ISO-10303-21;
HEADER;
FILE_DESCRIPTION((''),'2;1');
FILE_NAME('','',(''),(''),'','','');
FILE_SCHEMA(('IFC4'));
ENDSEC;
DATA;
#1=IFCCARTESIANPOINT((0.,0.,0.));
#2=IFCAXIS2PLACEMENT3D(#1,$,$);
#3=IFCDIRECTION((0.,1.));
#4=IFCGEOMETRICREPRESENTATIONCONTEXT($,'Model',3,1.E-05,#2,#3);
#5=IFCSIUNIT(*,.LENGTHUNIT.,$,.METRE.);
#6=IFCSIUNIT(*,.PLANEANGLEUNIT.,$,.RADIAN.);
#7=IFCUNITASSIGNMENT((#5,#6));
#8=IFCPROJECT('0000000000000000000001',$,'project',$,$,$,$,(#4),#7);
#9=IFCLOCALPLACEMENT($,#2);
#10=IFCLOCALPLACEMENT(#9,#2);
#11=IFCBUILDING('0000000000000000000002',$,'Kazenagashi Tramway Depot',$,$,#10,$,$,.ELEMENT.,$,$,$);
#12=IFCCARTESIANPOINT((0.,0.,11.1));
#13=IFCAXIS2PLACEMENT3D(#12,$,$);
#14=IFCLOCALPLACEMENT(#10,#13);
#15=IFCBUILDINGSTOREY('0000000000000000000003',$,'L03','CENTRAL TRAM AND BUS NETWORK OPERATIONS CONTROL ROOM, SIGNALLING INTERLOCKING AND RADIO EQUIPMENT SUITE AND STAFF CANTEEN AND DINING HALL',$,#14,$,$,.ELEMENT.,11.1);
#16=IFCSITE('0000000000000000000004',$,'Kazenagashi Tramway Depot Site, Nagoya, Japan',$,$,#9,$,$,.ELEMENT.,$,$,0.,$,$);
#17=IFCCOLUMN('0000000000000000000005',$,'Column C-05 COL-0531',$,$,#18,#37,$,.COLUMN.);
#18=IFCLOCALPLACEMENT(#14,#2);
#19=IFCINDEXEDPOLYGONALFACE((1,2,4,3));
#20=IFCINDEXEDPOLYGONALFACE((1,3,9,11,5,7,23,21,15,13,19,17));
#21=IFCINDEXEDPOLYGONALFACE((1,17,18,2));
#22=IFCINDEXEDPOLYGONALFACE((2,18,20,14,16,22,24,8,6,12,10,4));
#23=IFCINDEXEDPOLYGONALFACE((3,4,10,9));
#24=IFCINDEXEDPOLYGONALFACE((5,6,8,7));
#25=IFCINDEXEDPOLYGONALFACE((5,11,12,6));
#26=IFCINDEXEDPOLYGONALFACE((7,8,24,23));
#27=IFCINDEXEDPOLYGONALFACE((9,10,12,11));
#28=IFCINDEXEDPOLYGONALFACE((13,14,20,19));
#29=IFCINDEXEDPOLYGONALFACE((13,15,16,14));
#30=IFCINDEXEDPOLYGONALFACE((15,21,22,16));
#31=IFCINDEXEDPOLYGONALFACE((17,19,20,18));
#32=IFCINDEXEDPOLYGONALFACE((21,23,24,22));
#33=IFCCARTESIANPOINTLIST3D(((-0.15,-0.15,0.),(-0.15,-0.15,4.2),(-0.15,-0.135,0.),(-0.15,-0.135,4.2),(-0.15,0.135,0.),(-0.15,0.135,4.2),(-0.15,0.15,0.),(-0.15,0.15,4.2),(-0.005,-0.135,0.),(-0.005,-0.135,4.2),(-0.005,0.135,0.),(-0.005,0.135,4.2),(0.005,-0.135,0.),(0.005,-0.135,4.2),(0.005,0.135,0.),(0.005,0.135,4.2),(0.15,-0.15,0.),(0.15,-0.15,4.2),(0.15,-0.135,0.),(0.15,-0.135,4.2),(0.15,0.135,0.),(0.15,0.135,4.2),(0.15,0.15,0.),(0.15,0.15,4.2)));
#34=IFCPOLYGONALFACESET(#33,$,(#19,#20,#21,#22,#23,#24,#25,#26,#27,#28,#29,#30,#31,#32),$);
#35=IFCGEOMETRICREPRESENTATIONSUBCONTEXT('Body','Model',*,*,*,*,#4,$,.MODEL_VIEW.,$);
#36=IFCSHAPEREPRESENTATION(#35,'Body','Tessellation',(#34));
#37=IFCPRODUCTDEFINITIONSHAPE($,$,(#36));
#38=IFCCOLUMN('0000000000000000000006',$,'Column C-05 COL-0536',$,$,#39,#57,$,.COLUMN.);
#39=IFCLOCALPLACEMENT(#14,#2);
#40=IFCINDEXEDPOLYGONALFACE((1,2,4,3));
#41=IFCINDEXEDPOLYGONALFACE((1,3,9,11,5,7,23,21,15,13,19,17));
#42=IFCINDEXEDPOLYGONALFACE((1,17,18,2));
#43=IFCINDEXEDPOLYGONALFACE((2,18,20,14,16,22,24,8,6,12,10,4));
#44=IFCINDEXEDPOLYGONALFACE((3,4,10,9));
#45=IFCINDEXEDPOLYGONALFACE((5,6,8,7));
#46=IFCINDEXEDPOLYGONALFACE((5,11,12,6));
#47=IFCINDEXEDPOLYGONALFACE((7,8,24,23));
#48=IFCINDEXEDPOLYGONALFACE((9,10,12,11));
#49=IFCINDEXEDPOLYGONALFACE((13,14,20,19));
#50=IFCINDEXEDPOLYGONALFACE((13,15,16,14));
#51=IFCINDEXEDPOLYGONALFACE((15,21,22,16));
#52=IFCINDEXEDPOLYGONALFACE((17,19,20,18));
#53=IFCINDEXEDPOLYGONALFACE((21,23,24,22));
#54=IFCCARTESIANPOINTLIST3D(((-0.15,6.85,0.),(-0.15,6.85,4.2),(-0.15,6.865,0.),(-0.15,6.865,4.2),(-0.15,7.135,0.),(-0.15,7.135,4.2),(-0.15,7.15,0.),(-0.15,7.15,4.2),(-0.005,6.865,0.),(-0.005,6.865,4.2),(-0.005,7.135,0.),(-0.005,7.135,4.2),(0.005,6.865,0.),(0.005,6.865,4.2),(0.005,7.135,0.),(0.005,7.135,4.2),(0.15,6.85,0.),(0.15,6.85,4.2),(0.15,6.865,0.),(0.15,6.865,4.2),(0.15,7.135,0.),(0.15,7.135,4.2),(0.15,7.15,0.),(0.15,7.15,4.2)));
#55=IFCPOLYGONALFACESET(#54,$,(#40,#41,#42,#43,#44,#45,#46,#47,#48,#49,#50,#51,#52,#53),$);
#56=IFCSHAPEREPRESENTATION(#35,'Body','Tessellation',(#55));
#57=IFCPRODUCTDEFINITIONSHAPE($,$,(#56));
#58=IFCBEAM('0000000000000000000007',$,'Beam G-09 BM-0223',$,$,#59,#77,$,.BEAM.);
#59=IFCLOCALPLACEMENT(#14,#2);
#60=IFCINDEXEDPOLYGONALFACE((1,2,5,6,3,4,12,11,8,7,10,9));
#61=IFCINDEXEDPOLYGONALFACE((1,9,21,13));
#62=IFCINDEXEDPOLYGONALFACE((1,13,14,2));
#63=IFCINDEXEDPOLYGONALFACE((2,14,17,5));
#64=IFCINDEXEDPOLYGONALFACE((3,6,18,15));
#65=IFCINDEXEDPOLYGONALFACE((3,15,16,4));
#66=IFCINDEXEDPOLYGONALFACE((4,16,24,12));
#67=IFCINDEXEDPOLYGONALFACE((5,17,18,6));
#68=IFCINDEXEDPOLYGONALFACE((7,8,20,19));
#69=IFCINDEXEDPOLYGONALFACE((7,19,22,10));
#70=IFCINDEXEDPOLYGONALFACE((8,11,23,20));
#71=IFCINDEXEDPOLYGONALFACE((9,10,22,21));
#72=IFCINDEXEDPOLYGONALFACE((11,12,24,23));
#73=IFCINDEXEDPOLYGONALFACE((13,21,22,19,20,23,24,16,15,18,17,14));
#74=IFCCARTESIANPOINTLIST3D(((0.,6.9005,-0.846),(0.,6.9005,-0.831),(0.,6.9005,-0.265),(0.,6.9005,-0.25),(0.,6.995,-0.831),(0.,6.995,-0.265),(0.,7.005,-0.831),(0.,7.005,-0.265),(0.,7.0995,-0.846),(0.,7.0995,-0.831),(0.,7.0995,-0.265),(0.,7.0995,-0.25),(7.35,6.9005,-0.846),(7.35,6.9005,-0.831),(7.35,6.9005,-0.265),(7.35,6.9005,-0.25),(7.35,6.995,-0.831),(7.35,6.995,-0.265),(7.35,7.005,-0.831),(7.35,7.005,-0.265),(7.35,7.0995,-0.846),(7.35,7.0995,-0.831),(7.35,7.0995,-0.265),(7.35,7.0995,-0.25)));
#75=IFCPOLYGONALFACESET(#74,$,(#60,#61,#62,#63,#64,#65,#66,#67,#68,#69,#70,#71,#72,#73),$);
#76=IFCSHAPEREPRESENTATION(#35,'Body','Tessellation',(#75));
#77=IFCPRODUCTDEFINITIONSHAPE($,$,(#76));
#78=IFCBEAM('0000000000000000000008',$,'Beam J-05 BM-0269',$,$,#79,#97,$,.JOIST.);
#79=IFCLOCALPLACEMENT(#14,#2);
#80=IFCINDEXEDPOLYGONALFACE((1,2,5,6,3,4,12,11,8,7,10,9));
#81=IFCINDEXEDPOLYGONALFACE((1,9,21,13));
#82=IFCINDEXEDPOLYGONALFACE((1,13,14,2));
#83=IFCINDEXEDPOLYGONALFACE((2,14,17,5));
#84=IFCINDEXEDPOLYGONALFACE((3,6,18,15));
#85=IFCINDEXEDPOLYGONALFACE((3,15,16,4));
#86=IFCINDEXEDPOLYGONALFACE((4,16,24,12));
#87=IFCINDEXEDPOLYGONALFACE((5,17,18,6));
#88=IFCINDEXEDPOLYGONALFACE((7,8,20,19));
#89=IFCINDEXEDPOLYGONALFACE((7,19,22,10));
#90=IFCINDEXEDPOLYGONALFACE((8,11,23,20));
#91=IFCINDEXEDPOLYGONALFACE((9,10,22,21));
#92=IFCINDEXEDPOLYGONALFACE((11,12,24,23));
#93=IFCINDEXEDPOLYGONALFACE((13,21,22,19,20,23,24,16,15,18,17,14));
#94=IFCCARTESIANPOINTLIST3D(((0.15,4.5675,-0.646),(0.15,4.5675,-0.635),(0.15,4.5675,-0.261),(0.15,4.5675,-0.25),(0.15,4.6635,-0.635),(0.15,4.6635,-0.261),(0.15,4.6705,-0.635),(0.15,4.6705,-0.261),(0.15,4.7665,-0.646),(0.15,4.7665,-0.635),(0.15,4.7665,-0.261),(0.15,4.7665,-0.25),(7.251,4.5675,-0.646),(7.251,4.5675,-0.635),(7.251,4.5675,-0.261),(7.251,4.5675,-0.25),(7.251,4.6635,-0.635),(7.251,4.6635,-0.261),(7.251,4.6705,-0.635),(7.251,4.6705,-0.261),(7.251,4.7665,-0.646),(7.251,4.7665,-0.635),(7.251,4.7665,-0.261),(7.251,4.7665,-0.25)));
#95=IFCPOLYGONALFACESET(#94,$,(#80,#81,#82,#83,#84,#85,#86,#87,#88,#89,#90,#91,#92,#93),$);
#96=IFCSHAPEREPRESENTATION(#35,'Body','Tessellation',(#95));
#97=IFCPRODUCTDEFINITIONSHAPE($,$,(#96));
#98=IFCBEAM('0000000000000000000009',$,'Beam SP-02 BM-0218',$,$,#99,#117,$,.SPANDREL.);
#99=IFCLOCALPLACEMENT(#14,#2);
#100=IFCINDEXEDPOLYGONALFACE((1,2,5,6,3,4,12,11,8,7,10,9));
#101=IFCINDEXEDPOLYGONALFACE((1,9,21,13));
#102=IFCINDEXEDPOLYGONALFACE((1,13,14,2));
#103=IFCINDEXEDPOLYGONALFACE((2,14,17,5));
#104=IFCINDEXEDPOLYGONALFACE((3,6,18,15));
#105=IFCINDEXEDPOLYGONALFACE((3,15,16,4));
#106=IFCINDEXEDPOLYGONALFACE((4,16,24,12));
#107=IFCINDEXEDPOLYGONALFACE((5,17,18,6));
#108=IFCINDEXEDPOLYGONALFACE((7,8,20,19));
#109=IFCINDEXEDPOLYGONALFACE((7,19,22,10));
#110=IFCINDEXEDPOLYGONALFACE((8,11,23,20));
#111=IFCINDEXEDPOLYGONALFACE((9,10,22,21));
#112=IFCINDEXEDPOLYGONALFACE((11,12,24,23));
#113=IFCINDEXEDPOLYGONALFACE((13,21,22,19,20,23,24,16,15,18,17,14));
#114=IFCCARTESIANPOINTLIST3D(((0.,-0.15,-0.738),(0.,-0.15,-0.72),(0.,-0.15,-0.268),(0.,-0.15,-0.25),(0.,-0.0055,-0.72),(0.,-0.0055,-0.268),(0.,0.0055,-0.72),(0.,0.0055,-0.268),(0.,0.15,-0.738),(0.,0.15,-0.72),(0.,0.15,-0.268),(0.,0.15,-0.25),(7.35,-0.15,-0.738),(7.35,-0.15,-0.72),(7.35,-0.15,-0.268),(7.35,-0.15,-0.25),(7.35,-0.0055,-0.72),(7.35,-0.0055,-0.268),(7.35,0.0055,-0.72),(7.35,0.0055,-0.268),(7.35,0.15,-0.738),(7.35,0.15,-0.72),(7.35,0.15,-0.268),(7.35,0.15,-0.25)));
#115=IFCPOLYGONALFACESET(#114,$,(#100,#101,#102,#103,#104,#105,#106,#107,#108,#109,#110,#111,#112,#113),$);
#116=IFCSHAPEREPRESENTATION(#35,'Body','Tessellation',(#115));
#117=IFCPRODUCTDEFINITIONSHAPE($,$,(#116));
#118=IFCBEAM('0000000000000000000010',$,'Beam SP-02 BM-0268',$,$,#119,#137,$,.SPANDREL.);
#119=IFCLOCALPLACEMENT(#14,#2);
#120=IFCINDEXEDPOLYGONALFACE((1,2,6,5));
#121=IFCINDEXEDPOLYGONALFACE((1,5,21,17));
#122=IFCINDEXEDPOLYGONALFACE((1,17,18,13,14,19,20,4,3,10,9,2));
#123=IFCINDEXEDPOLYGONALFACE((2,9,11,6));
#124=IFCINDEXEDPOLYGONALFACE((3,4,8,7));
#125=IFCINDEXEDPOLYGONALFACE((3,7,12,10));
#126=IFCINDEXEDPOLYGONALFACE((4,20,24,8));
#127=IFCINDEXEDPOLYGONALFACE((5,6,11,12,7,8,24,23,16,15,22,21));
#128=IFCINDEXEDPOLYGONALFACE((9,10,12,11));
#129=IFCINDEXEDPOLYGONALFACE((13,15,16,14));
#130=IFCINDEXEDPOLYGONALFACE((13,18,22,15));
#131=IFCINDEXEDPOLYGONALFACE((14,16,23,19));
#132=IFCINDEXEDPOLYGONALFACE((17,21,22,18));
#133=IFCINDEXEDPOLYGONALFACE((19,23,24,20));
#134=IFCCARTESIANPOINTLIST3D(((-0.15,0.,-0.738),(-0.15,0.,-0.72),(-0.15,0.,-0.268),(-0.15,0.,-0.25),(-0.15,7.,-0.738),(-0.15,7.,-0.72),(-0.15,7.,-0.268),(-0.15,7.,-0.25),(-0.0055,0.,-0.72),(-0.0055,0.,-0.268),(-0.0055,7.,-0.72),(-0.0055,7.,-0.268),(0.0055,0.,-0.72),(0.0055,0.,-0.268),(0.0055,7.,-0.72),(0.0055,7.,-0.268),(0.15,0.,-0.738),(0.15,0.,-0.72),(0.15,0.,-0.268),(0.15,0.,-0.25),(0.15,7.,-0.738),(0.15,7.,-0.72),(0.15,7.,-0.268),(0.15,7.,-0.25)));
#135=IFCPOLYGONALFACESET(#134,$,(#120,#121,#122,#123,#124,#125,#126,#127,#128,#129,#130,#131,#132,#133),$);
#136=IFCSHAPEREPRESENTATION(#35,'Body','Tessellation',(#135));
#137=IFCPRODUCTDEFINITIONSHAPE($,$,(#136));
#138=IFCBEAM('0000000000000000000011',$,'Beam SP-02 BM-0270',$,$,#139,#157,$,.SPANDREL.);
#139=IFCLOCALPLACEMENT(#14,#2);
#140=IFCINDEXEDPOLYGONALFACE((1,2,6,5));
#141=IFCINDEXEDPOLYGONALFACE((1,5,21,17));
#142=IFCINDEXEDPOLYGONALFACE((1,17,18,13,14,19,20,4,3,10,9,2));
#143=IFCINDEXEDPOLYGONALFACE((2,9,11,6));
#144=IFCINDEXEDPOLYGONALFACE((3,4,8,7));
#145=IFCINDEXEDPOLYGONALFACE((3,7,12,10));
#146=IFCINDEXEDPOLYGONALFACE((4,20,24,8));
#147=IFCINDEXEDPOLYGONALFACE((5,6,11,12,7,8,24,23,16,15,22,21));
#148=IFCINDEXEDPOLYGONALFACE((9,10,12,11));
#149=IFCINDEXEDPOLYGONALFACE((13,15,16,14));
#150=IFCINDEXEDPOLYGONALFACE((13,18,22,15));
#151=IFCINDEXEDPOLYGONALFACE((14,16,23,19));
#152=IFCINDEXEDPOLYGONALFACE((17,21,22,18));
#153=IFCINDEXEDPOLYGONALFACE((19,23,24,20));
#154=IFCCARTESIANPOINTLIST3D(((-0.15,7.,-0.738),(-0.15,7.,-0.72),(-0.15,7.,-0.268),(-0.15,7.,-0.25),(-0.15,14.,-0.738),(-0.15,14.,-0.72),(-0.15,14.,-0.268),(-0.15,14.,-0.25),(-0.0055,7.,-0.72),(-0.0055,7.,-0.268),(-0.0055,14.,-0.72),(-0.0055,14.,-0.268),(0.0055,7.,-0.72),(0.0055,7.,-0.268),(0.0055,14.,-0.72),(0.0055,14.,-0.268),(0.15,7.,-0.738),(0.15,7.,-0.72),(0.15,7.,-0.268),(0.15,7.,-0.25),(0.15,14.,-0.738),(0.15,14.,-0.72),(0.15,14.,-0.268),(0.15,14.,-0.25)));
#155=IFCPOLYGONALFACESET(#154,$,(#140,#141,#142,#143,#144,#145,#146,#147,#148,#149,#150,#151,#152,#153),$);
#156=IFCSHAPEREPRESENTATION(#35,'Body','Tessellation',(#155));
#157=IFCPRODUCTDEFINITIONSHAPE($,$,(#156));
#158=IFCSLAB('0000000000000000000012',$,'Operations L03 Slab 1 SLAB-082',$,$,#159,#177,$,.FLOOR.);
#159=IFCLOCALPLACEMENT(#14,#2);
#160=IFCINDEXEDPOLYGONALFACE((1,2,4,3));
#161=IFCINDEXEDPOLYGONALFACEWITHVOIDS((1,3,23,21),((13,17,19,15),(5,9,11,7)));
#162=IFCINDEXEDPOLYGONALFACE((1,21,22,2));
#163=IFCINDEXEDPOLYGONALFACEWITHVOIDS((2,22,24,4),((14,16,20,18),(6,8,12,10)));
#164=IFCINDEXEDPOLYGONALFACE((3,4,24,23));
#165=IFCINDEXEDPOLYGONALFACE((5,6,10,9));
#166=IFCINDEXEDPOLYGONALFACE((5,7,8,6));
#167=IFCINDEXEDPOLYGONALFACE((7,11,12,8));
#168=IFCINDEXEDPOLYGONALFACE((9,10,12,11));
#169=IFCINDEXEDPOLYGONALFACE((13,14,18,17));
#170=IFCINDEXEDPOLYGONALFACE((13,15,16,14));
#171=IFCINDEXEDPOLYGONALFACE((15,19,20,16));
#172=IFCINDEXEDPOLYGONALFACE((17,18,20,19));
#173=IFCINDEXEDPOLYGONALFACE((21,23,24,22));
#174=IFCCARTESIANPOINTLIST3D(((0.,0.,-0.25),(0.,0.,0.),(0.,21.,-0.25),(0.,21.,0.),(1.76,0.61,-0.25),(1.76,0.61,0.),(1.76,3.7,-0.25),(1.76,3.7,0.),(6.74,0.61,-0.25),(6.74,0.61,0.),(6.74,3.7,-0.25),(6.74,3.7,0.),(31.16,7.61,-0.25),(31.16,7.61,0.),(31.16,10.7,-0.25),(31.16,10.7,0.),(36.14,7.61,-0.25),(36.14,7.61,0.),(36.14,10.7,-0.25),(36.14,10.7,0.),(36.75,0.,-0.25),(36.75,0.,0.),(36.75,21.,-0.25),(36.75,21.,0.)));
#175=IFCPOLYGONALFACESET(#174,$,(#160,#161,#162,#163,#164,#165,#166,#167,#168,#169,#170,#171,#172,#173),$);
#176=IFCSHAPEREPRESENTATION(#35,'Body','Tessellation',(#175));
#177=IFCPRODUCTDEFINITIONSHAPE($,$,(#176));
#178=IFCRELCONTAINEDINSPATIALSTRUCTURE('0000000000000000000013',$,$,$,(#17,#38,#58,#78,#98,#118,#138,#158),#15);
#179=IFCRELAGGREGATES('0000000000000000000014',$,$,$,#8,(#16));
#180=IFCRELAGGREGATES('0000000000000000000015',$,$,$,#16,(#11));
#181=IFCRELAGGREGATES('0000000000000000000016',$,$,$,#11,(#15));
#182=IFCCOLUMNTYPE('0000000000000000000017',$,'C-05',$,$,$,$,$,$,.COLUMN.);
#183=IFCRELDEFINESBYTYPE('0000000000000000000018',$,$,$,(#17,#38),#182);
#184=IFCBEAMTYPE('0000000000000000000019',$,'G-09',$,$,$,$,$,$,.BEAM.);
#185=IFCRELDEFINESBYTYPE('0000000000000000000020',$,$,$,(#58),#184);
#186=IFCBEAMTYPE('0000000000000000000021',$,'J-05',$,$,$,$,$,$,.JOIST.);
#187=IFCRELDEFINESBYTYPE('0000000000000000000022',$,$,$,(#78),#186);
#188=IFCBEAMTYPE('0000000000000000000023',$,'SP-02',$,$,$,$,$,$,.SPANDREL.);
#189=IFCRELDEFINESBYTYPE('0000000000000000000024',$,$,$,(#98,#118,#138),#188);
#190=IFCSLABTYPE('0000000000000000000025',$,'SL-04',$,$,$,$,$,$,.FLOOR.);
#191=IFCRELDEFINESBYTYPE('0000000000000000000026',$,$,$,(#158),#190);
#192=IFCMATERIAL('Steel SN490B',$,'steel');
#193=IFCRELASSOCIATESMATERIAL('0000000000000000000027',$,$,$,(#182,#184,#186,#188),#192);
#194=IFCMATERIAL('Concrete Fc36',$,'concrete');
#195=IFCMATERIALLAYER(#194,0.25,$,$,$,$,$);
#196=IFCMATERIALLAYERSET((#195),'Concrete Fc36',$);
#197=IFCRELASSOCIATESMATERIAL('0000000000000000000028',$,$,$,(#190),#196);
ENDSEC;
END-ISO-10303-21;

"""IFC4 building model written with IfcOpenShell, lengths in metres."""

from ifc_helpers import new_model, si_unit, direction, frame, origin, origin_2d, place, context, subcontext, project, spatial, polyline, i_section, outline, extrude, material, layer, layer_set, material_profile, profile_set, type_object, element, save


model = new_model("IFC4")

# Units and contexts
model_context = context("Model", 3, precision=1e-05, world=origin(), true_north=direction((0.0, 1.0)))
body_context = subcontext(model_context, "Body", "Model", "MODEL_VIEW")
ifc_project = project(units=[si_unit("LENGTHUNIT", "METRE"), si_unit("PLANEANGLEUNIT", "RADIAN")], contexts=[model_context])

# Site, building, storey
site_placement = place(None, origin())
site = spatial("IfcSite", under=ifc_project, at=site_placement, Name="Kazenagashi Tramway Depot Site, Nagoya, Japan", CompositionType="ELEMENT", RefElevation=0.0)
building_placement = place(site_placement, origin())
building = spatial("IfcBuilding", under=site, at=building_placement, Name="Kazenagashi Tramway Depot", CompositionType="ELEMENT")
storey_placement = place(building_placement, frame((0.0, 0.0, 11.1)))
storey = spatial("IfcBuildingStorey", under=building, at=storey_placement, Name="L03", Description="CENTRAL TRAM AND BUS NETWORK OPERATIONS CONTROL ROOM, SIGNALLING INTERLOCKING AND RADIO EQUIPMENT SUITE AND STAFF CANTEEN AND DINING HALL", CompositionType="ELEMENT", Elevation=11.1)

# Columns
ifc_material_1 = material(Name="Steel SN490B", Category="steel")
ifc_material_profile_1 = material_profile(ifc_material_1, i_section(OverallWidth=0.3, OverallDepth=0.3, WebThickness=0.01, FlangeThickness=0.015, at=origin_2d()), Name="H-300x300x10x15")
ifc_profile_set_1 = profile_set([ifc_material_profile_1], Name="Steel SN490B")
column_type = type_object("IfcColumnType", Name="C-05", PredefinedType="COLUMN", material=ifc_profile_set_1)
for number, where, z_axis, x_axis, name in (
    (1, (0.0, 0.0, 0.0), (0.0, 0.0, 1.0), (1.0, 0.0, 0.0), "Column C-05 COL-0531"),
    (2, (0.0, 7.0, 0.0), (0.0, 0.0, 1.0), (1.0, 0.0, 0.0), "Column C-05 COL-0536"),
):
    element("IfcColumn", number, at=place(storey_placement, frame(where, z_axis=z_axis, x_axis=x_axis)), inside=storey, type_object=column_type, Name=name, PredefinedType="COLUMN", context=body_context, shape_type="SweptSolid", body=[
        extrude(i_section(OverallWidth=0.3, OverallDepth=0.3, WebThickness=0.01, FlangeThickness=0.015, at=origin_2d()), origin(), (0.0, 0.0, 1.0), 4.2),
    ])

# Beams
ifc_material_profile_2 = material_profile(ifc_material_1, i_section(OverallWidth=0.199, OverallDepth=0.596, WebThickness=0.01, FlangeThickness=0.015, at=origin_2d()), Name="H-596x199x10x15")
ifc_profile_set_2 = profile_set([ifc_material_profile_2], Name="Steel SN490B")
beam_type_1 = type_object("IfcBeamType", Name="G-09", PredefinedType="BEAM", material=ifc_profile_set_2)
beam_1_placement = place(storey_placement, frame((0.0, 7.0, -0.548), z_axis=(1.0, 0.0, 0.0), x_axis=(0.0, 1.0, 0.0)))
element("IfcBeam", 3, at=beam_1_placement, inside=storey, type_object=beam_type_1, Name="Beam G-09 BM-0223", PredefinedType="BEAM", context=body_context, shape_type="SweptSolid", body=[
    extrude(i_section(OverallWidth=0.199, OverallDepth=0.596, WebThickness=0.01, FlangeThickness=0.015, at=origin_2d()), origin(), (0.0, 0.0, 1.0), 7.35),
])
ifc_material_profile_3 = material_profile(ifc_material_1, i_section(OverallWidth=0.199, OverallDepth=0.396, WebThickness=0.007, FlangeThickness=0.011, at=origin_2d()), Name="H-396x199x7x11")
ifc_profile_set_3 = profile_set([ifc_material_profile_3], Name="Steel SN490B")
beam_type_2 = type_object("IfcBeamType", Name="J-05", PredefinedType="JOIST", material=ifc_profile_set_3)
beam_2_placement = place(storey_placement, frame((0.15, 4.667, -0.448), z_axis=(1.0, 0.0, 0.0), x_axis=(0.0, 1.0, 0.0)))
element("IfcBeam", 4, at=beam_2_placement, inside=storey, type_object=beam_type_2, Name="Beam J-05 BM-0269", PredefinedType="JOIST", context=body_context, shape_type="SweptSolid", body=[
    extrude(i_section(OverallWidth=0.199, OverallDepth=0.396, WebThickness=0.007, FlangeThickness=0.011, at=origin_2d()), origin(), (0.0, 0.0, 1.0), 7.101),
])
ifc_material_profile_4 = material_profile(ifc_material_1, i_section(OverallWidth=0.3, OverallDepth=0.488, WebThickness=0.011, FlangeThickness=0.018, at=origin_2d()), Name="H-488x300x11x18")
ifc_profile_set_4 = profile_set([ifc_material_profile_4], Name="Steel SN490B")
beam_type_3 = type_object("IfcBeamType", Name="SP-02", PredefinedType="SPANDREL", material=ifc_profile_set_4)
beam_3_placement = place(storey_placement, frame((0.0, 0.0, -0.494), z_axis=(1.0, 0.0, 0.0), x_axis=(0.0, 1.0, 0.0)))
element("IfcBeam", 5, at=beam_3_placement, inside=storey, type_object=beam_type_3, Name="Beam SP-02 BM-0218", PredefinedType="SPANDREL", context=body_context, shape_type="SweptSolid", body=[
    extrude(i_section(OverallWidth=0.3, OverallDepth=0.488, WebThickness=0.011, FlangeThickness=0.018, at=origin_2d()), origin(), (0.0, 0.0, 1.0), 7.35),
])
for number, where, z_axis, x_axis, name in (
    (6, (0.0, 0.0, -0.494), (0.0, 1.0, 0.0), (-1.0, 0.0, 0.0), "Beam SP-02 BM-0268"),
    (7, (0.0, 7.0, -0.494), (0.0, 1.0, 0.0), (-1.0, 0.0, 0.0), "Beam SP-02 BM-0270"),
):
    element("IfcBeam", number, at=place(storey_placement, frame(where, z_axis=z_axis, x_axis=x_axis)), inside=storey, type_object=beam_type_3, Name=name, PredefinedType="SPANDREL", context=body_context, shape_type="SweptSolid", body=[
        extrude(i_section(OverallWidth=0.3, OverallDepth=0.488, WebThickness=0.011, FlangeThickness=0.018, at=origin_2d()), origin(), (0.0, 0.0, 1.0), 7.0),
    ])

# Slab
ifc_material_2 = material(Name="Concrete Fc36", Category="concrete")
ifc_layer_1 = layer(ifc_material_2, 0.25)
ifc_layer_set_1 = layer_set([ifc_layer_1], Name="Concrete Fc36")
slab_type_1 = type_object("IfcSlabType", Name="SL-04", PredefinedType="FLOOR", material=ifc_layer_set_1)
slab_1_placement = place(storey_placement, frame((0.0, 0.0, -0.25)))
element("IfcSlab", 8, at=slab_1_placement, inside=storey, type_object=slab_type_1, Name="Operations L03 Slab 1 SLAB-082", PredefinedType="FLOOR", context=body_context, shape_type="SweptSolid", body=[
    extrude(outline(polyline([(0.0, 21.0), (36.75, 21.0), (36.75, 0.0), (0.0, 0.0), (0.0, 21.0)]), holes=[polyline([(6.74, 0.61), (6.74, 3.7), (1.76, 3.7), (1.76, 0.61), (6.74, 0.61)]), polyline([(36.14, 7.61), (36.14, 10.7), (31.16, 10.7), (31.16, 7.61), (36.14, 7.61)])]), origin(), (0.0, 0.0, 1.0), 0.25),
])

save(model, "model.ifc")
